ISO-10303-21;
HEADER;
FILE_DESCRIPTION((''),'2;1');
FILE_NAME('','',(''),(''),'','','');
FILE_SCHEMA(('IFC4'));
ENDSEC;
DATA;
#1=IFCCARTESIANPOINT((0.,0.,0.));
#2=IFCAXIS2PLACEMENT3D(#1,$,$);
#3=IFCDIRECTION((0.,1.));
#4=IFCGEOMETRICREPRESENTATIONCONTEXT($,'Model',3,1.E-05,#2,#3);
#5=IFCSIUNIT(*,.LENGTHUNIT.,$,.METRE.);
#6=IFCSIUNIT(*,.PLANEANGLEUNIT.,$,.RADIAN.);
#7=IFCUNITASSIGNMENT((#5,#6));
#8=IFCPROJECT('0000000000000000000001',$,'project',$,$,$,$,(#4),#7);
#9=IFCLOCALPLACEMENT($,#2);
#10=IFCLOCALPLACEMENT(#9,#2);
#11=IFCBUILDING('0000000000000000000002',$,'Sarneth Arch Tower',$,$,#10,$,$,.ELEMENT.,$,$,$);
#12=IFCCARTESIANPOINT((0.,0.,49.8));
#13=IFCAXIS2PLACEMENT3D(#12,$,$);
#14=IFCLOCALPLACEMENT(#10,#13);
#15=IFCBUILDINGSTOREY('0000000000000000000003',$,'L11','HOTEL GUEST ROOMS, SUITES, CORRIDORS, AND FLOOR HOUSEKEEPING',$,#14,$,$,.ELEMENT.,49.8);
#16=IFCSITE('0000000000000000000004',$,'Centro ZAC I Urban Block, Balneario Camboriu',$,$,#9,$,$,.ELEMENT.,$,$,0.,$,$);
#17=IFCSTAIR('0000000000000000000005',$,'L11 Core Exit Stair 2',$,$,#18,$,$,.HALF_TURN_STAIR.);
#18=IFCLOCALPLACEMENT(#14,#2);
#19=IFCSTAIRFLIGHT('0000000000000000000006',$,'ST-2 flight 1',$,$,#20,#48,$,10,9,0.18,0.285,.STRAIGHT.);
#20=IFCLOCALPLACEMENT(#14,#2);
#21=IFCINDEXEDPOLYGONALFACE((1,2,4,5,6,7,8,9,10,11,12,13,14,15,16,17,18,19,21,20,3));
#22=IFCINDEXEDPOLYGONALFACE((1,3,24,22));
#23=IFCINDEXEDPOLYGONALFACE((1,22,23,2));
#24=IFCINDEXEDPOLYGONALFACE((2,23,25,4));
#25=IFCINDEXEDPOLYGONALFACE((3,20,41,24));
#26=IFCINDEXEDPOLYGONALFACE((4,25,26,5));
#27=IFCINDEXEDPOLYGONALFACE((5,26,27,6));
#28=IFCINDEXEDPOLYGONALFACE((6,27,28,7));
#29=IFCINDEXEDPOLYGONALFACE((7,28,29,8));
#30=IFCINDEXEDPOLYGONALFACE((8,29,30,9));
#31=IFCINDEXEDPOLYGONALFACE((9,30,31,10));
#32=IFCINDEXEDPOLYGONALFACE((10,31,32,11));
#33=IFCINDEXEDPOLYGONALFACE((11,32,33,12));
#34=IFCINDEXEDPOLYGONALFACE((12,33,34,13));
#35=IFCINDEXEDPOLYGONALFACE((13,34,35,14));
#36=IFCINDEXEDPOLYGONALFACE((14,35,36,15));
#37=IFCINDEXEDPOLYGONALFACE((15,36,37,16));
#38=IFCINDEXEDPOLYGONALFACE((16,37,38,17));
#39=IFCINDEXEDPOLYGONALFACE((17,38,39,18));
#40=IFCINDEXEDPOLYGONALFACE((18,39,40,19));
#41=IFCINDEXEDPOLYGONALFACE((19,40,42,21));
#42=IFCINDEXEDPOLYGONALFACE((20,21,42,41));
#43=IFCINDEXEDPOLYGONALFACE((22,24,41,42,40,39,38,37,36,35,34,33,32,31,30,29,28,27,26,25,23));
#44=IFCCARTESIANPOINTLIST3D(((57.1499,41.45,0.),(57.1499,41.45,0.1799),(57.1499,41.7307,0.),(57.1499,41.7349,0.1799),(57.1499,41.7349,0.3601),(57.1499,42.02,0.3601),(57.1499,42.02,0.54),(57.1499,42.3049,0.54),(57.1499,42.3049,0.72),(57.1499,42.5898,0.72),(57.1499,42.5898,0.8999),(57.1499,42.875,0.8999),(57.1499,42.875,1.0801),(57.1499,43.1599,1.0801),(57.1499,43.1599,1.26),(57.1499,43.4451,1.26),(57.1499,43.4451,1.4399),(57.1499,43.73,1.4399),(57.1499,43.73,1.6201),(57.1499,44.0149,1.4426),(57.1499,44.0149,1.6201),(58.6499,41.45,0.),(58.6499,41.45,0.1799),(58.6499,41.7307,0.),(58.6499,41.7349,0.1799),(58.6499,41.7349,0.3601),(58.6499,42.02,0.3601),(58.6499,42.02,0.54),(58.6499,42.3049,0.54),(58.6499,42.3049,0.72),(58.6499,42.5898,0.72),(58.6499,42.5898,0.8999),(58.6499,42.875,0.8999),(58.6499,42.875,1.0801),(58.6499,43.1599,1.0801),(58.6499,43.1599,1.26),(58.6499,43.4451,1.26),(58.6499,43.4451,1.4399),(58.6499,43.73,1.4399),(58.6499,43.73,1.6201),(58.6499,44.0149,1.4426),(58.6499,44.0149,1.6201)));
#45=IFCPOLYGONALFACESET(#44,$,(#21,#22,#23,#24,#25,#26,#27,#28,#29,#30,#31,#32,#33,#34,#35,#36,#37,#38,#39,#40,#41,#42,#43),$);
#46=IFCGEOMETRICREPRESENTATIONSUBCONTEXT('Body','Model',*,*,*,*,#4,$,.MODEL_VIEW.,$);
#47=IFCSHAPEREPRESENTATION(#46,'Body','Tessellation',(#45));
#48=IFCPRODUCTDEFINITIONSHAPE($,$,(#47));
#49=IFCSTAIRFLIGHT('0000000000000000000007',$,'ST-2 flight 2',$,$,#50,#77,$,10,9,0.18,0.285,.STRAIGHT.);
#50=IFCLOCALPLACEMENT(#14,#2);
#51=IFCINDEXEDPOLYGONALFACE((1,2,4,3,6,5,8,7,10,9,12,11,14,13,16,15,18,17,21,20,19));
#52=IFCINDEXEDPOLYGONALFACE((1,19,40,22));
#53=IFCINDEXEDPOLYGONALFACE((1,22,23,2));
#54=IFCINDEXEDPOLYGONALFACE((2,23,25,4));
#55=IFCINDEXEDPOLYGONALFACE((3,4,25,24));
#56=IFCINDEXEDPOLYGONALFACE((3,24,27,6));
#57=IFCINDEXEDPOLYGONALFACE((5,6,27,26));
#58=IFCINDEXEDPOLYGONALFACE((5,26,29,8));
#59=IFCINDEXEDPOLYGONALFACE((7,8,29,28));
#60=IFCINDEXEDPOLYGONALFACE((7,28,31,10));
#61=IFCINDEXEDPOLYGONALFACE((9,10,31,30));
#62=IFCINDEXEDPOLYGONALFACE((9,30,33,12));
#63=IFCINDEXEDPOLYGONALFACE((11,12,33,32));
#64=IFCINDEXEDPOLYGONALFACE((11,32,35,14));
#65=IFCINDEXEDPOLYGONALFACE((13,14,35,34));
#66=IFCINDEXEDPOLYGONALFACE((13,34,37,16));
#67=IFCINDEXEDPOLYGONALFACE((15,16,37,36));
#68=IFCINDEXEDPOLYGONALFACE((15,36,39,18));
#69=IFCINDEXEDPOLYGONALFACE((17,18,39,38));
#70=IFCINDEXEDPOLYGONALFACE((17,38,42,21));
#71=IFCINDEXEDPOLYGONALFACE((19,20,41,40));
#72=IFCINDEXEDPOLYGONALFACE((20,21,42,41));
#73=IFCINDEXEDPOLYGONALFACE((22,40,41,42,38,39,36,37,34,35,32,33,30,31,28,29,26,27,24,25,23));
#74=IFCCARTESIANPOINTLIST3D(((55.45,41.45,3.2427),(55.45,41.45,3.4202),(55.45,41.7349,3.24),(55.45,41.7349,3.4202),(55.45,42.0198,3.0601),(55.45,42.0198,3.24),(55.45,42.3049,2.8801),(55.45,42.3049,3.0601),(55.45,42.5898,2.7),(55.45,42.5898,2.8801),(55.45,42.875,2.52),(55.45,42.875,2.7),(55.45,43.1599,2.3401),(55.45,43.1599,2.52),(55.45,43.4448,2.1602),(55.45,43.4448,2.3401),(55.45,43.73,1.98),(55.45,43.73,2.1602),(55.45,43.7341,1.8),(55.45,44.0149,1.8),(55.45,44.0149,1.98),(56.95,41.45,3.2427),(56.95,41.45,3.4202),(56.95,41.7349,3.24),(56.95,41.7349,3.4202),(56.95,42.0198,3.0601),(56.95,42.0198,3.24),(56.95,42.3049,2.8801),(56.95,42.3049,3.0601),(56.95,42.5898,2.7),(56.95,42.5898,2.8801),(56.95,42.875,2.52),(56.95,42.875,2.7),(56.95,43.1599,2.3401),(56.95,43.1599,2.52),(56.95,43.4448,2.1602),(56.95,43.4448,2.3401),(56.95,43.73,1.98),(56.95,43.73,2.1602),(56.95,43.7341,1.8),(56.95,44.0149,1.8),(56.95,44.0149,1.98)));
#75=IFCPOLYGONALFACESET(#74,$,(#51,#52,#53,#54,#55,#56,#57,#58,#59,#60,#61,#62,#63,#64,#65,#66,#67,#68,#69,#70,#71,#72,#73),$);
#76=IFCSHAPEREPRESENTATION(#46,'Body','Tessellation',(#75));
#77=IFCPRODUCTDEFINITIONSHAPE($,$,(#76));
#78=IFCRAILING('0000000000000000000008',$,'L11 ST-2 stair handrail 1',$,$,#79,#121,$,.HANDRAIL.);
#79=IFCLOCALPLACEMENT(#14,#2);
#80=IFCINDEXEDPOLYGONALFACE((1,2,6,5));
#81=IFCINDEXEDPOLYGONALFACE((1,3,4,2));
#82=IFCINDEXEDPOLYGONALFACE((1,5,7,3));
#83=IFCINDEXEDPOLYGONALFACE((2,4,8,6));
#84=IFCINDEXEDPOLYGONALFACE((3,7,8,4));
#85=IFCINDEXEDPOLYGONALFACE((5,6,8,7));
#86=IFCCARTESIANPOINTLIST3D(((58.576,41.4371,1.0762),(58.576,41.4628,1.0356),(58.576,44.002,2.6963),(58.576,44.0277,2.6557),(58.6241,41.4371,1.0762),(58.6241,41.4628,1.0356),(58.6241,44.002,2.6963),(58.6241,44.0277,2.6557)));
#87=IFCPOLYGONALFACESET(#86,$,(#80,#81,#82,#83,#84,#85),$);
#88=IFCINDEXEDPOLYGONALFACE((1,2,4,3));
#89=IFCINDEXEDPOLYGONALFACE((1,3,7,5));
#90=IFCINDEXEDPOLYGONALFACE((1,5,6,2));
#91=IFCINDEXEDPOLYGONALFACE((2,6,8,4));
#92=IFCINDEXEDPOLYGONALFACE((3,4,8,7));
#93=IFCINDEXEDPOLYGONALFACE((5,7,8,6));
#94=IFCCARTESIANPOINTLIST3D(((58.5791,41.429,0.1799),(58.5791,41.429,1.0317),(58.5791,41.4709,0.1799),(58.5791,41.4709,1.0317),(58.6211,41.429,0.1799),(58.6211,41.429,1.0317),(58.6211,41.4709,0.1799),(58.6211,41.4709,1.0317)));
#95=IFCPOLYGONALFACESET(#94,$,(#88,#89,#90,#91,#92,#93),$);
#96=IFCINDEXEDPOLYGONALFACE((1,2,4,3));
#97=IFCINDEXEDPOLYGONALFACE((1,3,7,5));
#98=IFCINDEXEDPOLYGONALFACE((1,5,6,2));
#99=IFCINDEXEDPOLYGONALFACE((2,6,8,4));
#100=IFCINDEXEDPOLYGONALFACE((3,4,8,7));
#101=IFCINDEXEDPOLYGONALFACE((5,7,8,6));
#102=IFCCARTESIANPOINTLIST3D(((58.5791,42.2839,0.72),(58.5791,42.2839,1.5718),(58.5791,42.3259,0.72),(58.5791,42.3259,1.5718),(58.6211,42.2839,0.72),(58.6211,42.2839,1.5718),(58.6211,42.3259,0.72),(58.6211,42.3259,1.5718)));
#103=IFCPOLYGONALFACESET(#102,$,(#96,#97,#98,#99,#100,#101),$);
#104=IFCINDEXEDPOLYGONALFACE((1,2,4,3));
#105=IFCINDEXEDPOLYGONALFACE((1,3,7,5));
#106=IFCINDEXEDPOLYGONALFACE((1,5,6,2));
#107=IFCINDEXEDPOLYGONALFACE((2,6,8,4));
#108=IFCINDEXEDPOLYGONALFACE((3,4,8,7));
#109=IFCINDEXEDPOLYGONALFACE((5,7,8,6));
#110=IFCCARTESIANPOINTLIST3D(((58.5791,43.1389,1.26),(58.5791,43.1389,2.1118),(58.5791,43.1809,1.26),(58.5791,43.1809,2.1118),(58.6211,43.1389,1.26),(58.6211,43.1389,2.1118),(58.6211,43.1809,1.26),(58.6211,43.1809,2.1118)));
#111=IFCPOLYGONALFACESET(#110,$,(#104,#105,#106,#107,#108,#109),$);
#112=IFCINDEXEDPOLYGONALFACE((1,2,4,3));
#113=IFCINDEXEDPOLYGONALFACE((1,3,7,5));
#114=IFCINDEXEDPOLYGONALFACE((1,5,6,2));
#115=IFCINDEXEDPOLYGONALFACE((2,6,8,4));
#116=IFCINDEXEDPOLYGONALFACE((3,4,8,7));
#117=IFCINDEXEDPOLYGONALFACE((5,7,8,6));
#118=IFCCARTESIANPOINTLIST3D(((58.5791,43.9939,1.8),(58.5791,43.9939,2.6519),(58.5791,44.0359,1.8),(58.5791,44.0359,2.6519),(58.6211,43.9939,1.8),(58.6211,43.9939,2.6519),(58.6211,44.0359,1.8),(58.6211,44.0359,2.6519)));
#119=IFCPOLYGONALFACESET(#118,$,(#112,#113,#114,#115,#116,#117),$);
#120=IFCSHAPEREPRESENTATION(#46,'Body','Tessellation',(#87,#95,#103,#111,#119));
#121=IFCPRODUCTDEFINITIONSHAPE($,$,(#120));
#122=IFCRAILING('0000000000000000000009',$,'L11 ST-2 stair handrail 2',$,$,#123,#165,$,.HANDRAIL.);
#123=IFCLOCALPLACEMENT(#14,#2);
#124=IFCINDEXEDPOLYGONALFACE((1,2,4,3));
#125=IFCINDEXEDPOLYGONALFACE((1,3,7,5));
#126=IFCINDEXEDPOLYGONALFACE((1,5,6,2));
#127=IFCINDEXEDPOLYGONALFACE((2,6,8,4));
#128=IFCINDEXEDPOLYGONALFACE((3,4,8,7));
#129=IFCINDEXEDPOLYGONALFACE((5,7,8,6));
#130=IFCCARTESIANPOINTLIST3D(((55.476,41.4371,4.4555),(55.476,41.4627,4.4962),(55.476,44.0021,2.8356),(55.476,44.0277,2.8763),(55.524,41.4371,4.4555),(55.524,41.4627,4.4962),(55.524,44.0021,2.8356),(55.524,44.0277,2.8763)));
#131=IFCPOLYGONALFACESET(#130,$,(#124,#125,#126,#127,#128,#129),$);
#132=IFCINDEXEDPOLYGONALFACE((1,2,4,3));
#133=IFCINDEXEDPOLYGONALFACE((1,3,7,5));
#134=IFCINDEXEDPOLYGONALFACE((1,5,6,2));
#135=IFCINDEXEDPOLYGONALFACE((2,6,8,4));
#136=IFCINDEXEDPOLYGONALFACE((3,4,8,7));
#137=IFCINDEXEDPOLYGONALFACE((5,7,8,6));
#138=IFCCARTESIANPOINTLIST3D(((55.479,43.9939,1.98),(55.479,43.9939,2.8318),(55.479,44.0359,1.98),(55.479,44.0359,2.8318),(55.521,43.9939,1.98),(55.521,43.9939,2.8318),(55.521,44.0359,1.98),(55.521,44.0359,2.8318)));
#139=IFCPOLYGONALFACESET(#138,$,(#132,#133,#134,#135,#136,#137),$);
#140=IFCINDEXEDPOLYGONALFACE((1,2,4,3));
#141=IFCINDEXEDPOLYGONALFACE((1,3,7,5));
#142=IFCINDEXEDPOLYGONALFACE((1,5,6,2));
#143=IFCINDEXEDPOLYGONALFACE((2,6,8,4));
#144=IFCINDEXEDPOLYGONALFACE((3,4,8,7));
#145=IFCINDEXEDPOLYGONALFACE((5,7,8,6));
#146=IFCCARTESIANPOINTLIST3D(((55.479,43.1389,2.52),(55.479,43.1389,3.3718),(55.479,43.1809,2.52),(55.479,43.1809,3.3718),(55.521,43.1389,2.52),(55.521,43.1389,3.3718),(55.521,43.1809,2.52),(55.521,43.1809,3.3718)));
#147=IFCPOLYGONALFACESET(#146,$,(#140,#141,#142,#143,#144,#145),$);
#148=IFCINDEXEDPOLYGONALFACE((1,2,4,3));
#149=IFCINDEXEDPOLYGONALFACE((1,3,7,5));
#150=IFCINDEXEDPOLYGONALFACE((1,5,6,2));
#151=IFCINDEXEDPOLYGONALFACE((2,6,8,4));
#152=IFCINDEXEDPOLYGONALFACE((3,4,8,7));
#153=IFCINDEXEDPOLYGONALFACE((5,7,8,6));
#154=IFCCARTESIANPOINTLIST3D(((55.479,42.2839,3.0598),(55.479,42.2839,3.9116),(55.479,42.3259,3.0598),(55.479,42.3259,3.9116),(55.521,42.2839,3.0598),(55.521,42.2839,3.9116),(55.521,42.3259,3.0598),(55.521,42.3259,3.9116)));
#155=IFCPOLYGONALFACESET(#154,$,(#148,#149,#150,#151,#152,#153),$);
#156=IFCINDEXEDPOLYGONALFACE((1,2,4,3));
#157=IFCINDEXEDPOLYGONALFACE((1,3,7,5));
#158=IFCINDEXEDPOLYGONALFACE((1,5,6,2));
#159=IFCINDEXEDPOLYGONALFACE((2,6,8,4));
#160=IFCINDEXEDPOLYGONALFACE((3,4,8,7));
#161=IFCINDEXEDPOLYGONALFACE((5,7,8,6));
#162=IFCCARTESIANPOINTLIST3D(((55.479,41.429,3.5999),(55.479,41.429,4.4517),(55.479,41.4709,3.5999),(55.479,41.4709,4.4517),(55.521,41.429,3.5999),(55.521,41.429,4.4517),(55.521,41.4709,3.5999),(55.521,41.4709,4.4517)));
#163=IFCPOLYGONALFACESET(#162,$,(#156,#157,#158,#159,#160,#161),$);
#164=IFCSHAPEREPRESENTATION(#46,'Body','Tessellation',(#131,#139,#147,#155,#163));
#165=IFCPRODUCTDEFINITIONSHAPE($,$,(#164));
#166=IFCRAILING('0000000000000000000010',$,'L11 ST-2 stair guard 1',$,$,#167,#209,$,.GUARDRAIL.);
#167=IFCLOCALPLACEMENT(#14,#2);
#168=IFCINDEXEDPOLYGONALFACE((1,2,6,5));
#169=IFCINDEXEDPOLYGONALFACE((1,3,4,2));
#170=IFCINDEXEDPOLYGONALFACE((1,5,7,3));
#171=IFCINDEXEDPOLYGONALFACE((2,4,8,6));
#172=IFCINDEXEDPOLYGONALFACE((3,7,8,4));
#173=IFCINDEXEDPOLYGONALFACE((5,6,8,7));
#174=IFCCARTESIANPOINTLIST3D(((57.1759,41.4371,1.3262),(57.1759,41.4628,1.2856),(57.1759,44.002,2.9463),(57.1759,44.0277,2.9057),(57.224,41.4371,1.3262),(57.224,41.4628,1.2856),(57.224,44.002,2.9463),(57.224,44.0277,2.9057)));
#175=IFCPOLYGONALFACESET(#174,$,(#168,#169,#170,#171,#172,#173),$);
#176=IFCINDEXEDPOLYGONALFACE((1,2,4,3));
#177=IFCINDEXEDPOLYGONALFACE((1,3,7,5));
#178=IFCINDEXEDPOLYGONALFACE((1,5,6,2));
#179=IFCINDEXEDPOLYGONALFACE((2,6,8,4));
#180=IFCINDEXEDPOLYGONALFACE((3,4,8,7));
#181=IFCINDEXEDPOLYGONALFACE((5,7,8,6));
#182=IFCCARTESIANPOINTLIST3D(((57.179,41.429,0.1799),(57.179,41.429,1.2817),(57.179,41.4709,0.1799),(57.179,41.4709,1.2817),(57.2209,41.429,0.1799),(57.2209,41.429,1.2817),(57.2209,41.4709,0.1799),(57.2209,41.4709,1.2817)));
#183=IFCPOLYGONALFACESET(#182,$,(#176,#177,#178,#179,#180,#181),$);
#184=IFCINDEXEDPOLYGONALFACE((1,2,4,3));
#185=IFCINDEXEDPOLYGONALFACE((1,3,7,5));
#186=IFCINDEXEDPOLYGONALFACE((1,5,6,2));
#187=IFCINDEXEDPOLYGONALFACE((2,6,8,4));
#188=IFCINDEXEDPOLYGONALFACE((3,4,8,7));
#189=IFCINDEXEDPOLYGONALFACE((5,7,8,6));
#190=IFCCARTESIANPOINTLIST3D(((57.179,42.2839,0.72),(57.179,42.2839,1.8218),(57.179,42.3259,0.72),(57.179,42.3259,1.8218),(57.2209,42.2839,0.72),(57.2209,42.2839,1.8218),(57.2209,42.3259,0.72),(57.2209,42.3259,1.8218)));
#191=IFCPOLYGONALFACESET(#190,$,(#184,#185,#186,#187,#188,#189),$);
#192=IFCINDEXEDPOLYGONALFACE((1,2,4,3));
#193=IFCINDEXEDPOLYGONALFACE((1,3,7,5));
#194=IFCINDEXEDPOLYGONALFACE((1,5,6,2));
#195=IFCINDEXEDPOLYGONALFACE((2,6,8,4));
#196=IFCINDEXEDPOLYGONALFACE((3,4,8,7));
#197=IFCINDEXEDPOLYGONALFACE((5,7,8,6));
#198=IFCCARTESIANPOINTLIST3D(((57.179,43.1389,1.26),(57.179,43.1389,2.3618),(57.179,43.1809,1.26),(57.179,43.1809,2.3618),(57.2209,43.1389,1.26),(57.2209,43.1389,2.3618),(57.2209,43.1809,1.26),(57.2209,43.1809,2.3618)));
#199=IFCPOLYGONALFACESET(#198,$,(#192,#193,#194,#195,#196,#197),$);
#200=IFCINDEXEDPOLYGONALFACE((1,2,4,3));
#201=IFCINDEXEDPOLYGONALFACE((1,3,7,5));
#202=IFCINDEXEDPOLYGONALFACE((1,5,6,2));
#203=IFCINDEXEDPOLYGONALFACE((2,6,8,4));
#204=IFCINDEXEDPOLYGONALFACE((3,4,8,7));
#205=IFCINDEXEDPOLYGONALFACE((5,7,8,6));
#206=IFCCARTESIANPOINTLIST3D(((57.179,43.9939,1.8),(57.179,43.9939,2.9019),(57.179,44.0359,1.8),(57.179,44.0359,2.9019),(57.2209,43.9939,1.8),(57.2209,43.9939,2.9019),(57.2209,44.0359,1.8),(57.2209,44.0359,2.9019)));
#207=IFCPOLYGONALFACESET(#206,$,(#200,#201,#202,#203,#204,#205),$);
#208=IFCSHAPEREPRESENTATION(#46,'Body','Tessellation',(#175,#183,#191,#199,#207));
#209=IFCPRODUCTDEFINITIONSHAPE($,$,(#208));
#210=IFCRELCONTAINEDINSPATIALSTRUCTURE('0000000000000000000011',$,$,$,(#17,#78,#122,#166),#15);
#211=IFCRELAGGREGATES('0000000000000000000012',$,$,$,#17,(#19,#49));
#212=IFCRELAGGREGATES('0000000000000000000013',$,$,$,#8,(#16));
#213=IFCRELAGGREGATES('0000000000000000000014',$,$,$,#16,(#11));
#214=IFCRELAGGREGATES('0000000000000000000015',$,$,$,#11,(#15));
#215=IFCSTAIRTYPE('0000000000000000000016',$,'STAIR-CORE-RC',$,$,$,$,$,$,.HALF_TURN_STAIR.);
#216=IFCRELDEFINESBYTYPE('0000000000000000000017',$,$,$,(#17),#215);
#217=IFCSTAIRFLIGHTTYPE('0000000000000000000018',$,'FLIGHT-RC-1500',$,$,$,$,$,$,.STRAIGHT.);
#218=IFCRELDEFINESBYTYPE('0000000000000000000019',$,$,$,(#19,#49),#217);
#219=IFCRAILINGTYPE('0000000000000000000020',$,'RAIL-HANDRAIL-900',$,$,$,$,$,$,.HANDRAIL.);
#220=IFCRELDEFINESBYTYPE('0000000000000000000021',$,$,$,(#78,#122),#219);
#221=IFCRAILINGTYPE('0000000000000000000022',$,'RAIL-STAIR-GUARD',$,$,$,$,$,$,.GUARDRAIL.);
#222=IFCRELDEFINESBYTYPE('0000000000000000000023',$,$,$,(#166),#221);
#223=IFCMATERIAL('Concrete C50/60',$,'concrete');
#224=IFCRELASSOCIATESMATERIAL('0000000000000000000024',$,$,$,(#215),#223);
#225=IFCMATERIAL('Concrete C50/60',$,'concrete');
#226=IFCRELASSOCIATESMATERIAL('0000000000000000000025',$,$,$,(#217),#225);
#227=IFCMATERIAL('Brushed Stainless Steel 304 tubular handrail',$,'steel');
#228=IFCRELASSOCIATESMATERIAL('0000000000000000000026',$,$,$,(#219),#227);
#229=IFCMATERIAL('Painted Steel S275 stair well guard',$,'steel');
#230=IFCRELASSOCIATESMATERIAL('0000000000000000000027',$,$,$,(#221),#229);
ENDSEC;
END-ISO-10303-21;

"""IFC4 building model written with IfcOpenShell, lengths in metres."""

from ifc_helpers import new_model, si_unit, direction, frame, origin, origin_2d, place, context, subcontext, project, spatial, polyline, rectangle, outline, extrude, material, type_object, element, aggregate, save


model = new_model("IFC4")

# Units and contexts
model_context = context("Model", 3, precision=1e-05, world=origin(), true_north=direction((0.0, 1.0)))
body_context = subcontext(model_context, "Body", "Model", "MODEL_VIEW")
ifc_project = project(units=[si_unit("LENGTHUNIT", "METRE"), si_unit("PLANEANGLEUNIT", "RADIAN")], contexts=[model_context])

# Site, building, storey
site_placement = place(None, origin())
site = spatial("IfcSite", under=ifc_project, at=site_placement, Name="Centro ZAC I Urban Block, Balneario Camboriu", CompositionType="ELEMENT", RefElevation=0.0)
building_placement = place(site_placement, origin())
building = spatial("IfcBuilding", under=site, at=building_placement, Name="Sarneth Arch Tower", CompositionType="ELEMENT")
storey_placement = place(building_placement, frame((0.0, 0.0, 49.8)))
storey = spatial("IfcBuildingStorey", under=building, at=storey_placement, Name="L11", Description="HOTEL GUEST ROOMS, SUITES, CORRIDORS, AND FLOOR HOUSEKEEPING", CompositionType="ELEMENT", Elevation=49.8)

# Stair, stair flights
ifc_material_1 = material(Name="Concrete C50/60", Category="concrete")
stair_type = type_object("IfcStairType", Name="STAIR-CORE-RC", PredefinedType="HALF_TURN_STAIR", material=ifc_material_1)
stair_placement = place(storey_placement, origin())
stair = element("IfcStair", 1, at=stair_placement, inside=storey, type_object=stair_type, Name="L11 Core Exit Stair 2", PredefinedType="HALF_TURN_STAIR")
ifc_material_2 = material(Name="Concrete C50/60", Category="concrete")
stair_flight_type = type_object("IfcStairFlightType", Name="FLIGHT-RC-1500", PredefinedType="STRAIGHT", material=ifc_material_2)
stair_flight_1_placement = place(storey_placement, frame((57.8999, 41.45, 0.0), z_axis=(0.0, 0.0, 1.0), x_axis=(0.0, 1.0, 0.0)))
stair_flight_1 = element("IfcStairFlight", 2, at=stair_flight_1_placement, type_object=stair_flight_type, Name="ST-2 flight 1", NumberOfRisers=10, NumberOfTreads=9, PredefinedType="STRAIGHT", RiserHeight=0.18, TreadLength=0.285, context=body_context, shape_type="SweptSolid", body=[
    extrude(outline(polyline([(0.0, 0.0), (0.0, 0.1799), (0.2849, 0.1799), (0.2849, 0.3601), (0.5701, 0.3601), (0.5701, 0.54), (0.855, 0.54), (0.855, 0.72), (1.1399, 0.72), (1.1399, 0.8999), (1.425, 0.8999), (1.425, 1.0801), (1.71, 1.0801), (1.71, 1.26), (1.9951, 1.26), (1.9951, 1.4399), (2.28, 1.4399), (2.28, 1.6201), (2.5649, 1.6201), (2.5649, 1.8), (2.5649, 1.4426), (0.2808, 0.0), (0.0, 0.0)])), frame((0.0, 0.75, 0.0), z_axis=(0.0, -1.0, 0.0), x_axis=(1.0, 0.0, 0.0)), (0.0, 0.0, 1.0), 1.5),
])
stair_flight_2_placement = place(storey_placement, frame((56.2, 44.0149, 1.8), z_axis=(0.0, 0.0, 1.0), x_axis=(0.0, -1.0, 0.0)))
stair_flight_2 = element("IfcStairFlight", 3, at=stair_flight_2_placement, type_object=stair_flight_type, Name="ST-2 flight 2", NumberOfRisers=10, NumberOfTreads=9, PredefinedType="STRAIGHT", RiserHeight=0.18, TreadLength=0.285, context=body_context, shape_type="SweptSolid", body=[
    extrude(outline(polyline([(0.0, 0.0), (0.0, 0.1799), (0.2849, 0.1799), (0.2849, 0.3601), (0.5701, 0.3601), (0.5701, 0.54), (0.855, 0.54), (0.855, 0.72), (1.1399, 0.72), (1.1399, 0.8999), (1.425, 0.8999), (1.425, 1.0801), (1.71, 1.0801), (1.71, 1.26), (1.9951, 1.26), (1.9951, 1.4399), (2.28, 1.4399), (2.28, 1.6201), (2.5649, 1.6201), (2.5649, 1.8), (2.5649, 1.4426), (0.2808, 0.0), (0.0, 0.0)])), frame((0.0, 0.75, 0.0), z_axis=(0.0, -1.0, 0.0), x_axis=(1.0, 0.0, 0.0)), (0.0, 0.0, 1.0), 1.5),
])
aggregate(stair, [stair_flight_1, stair_flight_2])

# Railings
ifc_material_3 = material(Name="Brushed Stainless Steel 304 tubular handrail", Category="steel")
railing_type_1 = type_object("IfcRailingType", Name="RAIL-HANDRAIL-900", PredefinedType="HANDRAIL", material=ifc_material_3)
railing_1_placement = place(storey_placement, frame((58.6001, 41.45, 0.1799)))
element("IfcRailing", 4, at=railing_1_placement, inside=storey, type_object=railing_type_1, Name="L11 ST-2 stair handrail 1", PredefinedType="HANDRAIL", context=body_context, shape_type="SweptSolid", body=[
    extrude(rectangle(XDim=0.0481, YDim=0.0481, at=origin_2d()), frame((0.0, 0.0, 0.876), z_axis=(0.0, 0.845466, 0.534029), x_axis=(-1.0, 0.0, 0.0)), (0.0, 0.0, 1.0), 3.0337),
    extrude(rectangle(XDim=0.042, YDim=0.042, at=origin_2d()), origin(), (0.0, 0.0, 1.0), 0.8518),
    extrude(rectangle(XDim=0.042, YDim=0.042, at=origin_2d()), frame((0.0, 0.855, 0.54)), (0.0, 0.0, 1.0), 0.8518),
    extrude(rectangle(XDim=0.042, YDim=0.042, at=origin_2d()), frame((0.0, 1.71, 1.0801)), (0.0, 0.0, 1.0), 0.8518),
    extrude(rectangle(XDim=0.042, YDim=0.042, at=origin_2d()), frame((0.0, 2.5649, 1.6201)), (0.0, 0.0, 1.0), 0.8518),
])
railing_2_placement = place(storey_placement, frame((55.5, 44.0149, 1.98)))
element("IfcRailing", 5, at=railing_2_placement, inside=storey, type_object=railing_type_1, Name="L11 ST-2 stair handrail 2", PredefinedType="HANDRAIL", context=body_context, shape_type="SweptSolid", body=[
    extrude(rectangle(XDim=0.0481, YDim=0.0481, at=origin_2d()), frame((0.0, 0.0, 0.876), z_axis=(0.0, -0.845502, 0.533972), x_axis=(1.0, 0.0, 0.0)), (0.0, 0.0, 1.0), 3.0337),
    extrude(rectangle(XDim=0.042, YDim=0.042, at=origin_2d()), origin(), (0.0, 0.0, 1.0), 0.8518),
    extrude(rectangle(XDim=0.042, YDim=0.042, at=origin_2d()), frame((0.0, -0.855, 0.54)), (0.0, 0.0, 1.0), 0.8518),
    extrude(rectangle(XDim=0.042, YDim=0.042, at=origin_2d()), frame((0.0, -1.71, 1.0798)), (0.0, 0.0, 1.0), 0.8518),
    extrude(rectangle(XDim=0.042, YDim=0.042, at=origin_2d()), frame((0.0, -2.5649, 1.6199)), (0.0, 0.0, 1.0), 0.8518),
])
ifc_material_4 = material(Name="Painted Steel S275 stair well guard", Category="steel")
railing_type_2 = type_object("IfcRailingType", Name="RAIL-STAIR-GUARD", PredefinedType="GUARDRAIL", material=ifc_material_4)
railing_3_placement = place(storey_placement, frame((57.2, 41.45, 0.1799)))
element("IfcRailing", 6, at=railing_3_placement, inside=storey, type_object=railing_type_2, Name="L11 ST-2 stair guard 1", PredefinedType="GUARDRAIL", context=body_context, shape_type="SweptSolid", body=[
    extrude(rectangle(XDim=0.0481, YDim=0.0481, at=origin_2d()), frame((0.0, 0.0, 1.126), z_axis=(0.0, 0.845466, 0.534029), x_axis=(-1.0, 0.0, 0.0)), (0.0, 0.0, 1.0), 3.0337),
    extrude(rectangle(XDim=0.042, YDim=0.042, at=origin_2d()), origin(), (0.0, 0.0, 1.0), 1.1018),
    extrude(rectangle(XDim=0.042, YDim=0.042, at=origin_2d()), frame((0.0, 0.855, 0.54)), (0.0, 0.0, 1.0), 1.1018),
    extrude(rectangle(XDim=0.042, YDim=0.042, at=origin_2d()), frame((0.0, 1.71, 1.0801)), (0.0, 0.0, 1.0), 1.1018),
    extrude(rectangle(XDim=0.042, YDim=0.042, at=origin_2d()), frame((0.0, 2.5649, 1.6201)), (0.0, 0.0, 1.0), 1.1018),
])

save(model, "model.ifc")
